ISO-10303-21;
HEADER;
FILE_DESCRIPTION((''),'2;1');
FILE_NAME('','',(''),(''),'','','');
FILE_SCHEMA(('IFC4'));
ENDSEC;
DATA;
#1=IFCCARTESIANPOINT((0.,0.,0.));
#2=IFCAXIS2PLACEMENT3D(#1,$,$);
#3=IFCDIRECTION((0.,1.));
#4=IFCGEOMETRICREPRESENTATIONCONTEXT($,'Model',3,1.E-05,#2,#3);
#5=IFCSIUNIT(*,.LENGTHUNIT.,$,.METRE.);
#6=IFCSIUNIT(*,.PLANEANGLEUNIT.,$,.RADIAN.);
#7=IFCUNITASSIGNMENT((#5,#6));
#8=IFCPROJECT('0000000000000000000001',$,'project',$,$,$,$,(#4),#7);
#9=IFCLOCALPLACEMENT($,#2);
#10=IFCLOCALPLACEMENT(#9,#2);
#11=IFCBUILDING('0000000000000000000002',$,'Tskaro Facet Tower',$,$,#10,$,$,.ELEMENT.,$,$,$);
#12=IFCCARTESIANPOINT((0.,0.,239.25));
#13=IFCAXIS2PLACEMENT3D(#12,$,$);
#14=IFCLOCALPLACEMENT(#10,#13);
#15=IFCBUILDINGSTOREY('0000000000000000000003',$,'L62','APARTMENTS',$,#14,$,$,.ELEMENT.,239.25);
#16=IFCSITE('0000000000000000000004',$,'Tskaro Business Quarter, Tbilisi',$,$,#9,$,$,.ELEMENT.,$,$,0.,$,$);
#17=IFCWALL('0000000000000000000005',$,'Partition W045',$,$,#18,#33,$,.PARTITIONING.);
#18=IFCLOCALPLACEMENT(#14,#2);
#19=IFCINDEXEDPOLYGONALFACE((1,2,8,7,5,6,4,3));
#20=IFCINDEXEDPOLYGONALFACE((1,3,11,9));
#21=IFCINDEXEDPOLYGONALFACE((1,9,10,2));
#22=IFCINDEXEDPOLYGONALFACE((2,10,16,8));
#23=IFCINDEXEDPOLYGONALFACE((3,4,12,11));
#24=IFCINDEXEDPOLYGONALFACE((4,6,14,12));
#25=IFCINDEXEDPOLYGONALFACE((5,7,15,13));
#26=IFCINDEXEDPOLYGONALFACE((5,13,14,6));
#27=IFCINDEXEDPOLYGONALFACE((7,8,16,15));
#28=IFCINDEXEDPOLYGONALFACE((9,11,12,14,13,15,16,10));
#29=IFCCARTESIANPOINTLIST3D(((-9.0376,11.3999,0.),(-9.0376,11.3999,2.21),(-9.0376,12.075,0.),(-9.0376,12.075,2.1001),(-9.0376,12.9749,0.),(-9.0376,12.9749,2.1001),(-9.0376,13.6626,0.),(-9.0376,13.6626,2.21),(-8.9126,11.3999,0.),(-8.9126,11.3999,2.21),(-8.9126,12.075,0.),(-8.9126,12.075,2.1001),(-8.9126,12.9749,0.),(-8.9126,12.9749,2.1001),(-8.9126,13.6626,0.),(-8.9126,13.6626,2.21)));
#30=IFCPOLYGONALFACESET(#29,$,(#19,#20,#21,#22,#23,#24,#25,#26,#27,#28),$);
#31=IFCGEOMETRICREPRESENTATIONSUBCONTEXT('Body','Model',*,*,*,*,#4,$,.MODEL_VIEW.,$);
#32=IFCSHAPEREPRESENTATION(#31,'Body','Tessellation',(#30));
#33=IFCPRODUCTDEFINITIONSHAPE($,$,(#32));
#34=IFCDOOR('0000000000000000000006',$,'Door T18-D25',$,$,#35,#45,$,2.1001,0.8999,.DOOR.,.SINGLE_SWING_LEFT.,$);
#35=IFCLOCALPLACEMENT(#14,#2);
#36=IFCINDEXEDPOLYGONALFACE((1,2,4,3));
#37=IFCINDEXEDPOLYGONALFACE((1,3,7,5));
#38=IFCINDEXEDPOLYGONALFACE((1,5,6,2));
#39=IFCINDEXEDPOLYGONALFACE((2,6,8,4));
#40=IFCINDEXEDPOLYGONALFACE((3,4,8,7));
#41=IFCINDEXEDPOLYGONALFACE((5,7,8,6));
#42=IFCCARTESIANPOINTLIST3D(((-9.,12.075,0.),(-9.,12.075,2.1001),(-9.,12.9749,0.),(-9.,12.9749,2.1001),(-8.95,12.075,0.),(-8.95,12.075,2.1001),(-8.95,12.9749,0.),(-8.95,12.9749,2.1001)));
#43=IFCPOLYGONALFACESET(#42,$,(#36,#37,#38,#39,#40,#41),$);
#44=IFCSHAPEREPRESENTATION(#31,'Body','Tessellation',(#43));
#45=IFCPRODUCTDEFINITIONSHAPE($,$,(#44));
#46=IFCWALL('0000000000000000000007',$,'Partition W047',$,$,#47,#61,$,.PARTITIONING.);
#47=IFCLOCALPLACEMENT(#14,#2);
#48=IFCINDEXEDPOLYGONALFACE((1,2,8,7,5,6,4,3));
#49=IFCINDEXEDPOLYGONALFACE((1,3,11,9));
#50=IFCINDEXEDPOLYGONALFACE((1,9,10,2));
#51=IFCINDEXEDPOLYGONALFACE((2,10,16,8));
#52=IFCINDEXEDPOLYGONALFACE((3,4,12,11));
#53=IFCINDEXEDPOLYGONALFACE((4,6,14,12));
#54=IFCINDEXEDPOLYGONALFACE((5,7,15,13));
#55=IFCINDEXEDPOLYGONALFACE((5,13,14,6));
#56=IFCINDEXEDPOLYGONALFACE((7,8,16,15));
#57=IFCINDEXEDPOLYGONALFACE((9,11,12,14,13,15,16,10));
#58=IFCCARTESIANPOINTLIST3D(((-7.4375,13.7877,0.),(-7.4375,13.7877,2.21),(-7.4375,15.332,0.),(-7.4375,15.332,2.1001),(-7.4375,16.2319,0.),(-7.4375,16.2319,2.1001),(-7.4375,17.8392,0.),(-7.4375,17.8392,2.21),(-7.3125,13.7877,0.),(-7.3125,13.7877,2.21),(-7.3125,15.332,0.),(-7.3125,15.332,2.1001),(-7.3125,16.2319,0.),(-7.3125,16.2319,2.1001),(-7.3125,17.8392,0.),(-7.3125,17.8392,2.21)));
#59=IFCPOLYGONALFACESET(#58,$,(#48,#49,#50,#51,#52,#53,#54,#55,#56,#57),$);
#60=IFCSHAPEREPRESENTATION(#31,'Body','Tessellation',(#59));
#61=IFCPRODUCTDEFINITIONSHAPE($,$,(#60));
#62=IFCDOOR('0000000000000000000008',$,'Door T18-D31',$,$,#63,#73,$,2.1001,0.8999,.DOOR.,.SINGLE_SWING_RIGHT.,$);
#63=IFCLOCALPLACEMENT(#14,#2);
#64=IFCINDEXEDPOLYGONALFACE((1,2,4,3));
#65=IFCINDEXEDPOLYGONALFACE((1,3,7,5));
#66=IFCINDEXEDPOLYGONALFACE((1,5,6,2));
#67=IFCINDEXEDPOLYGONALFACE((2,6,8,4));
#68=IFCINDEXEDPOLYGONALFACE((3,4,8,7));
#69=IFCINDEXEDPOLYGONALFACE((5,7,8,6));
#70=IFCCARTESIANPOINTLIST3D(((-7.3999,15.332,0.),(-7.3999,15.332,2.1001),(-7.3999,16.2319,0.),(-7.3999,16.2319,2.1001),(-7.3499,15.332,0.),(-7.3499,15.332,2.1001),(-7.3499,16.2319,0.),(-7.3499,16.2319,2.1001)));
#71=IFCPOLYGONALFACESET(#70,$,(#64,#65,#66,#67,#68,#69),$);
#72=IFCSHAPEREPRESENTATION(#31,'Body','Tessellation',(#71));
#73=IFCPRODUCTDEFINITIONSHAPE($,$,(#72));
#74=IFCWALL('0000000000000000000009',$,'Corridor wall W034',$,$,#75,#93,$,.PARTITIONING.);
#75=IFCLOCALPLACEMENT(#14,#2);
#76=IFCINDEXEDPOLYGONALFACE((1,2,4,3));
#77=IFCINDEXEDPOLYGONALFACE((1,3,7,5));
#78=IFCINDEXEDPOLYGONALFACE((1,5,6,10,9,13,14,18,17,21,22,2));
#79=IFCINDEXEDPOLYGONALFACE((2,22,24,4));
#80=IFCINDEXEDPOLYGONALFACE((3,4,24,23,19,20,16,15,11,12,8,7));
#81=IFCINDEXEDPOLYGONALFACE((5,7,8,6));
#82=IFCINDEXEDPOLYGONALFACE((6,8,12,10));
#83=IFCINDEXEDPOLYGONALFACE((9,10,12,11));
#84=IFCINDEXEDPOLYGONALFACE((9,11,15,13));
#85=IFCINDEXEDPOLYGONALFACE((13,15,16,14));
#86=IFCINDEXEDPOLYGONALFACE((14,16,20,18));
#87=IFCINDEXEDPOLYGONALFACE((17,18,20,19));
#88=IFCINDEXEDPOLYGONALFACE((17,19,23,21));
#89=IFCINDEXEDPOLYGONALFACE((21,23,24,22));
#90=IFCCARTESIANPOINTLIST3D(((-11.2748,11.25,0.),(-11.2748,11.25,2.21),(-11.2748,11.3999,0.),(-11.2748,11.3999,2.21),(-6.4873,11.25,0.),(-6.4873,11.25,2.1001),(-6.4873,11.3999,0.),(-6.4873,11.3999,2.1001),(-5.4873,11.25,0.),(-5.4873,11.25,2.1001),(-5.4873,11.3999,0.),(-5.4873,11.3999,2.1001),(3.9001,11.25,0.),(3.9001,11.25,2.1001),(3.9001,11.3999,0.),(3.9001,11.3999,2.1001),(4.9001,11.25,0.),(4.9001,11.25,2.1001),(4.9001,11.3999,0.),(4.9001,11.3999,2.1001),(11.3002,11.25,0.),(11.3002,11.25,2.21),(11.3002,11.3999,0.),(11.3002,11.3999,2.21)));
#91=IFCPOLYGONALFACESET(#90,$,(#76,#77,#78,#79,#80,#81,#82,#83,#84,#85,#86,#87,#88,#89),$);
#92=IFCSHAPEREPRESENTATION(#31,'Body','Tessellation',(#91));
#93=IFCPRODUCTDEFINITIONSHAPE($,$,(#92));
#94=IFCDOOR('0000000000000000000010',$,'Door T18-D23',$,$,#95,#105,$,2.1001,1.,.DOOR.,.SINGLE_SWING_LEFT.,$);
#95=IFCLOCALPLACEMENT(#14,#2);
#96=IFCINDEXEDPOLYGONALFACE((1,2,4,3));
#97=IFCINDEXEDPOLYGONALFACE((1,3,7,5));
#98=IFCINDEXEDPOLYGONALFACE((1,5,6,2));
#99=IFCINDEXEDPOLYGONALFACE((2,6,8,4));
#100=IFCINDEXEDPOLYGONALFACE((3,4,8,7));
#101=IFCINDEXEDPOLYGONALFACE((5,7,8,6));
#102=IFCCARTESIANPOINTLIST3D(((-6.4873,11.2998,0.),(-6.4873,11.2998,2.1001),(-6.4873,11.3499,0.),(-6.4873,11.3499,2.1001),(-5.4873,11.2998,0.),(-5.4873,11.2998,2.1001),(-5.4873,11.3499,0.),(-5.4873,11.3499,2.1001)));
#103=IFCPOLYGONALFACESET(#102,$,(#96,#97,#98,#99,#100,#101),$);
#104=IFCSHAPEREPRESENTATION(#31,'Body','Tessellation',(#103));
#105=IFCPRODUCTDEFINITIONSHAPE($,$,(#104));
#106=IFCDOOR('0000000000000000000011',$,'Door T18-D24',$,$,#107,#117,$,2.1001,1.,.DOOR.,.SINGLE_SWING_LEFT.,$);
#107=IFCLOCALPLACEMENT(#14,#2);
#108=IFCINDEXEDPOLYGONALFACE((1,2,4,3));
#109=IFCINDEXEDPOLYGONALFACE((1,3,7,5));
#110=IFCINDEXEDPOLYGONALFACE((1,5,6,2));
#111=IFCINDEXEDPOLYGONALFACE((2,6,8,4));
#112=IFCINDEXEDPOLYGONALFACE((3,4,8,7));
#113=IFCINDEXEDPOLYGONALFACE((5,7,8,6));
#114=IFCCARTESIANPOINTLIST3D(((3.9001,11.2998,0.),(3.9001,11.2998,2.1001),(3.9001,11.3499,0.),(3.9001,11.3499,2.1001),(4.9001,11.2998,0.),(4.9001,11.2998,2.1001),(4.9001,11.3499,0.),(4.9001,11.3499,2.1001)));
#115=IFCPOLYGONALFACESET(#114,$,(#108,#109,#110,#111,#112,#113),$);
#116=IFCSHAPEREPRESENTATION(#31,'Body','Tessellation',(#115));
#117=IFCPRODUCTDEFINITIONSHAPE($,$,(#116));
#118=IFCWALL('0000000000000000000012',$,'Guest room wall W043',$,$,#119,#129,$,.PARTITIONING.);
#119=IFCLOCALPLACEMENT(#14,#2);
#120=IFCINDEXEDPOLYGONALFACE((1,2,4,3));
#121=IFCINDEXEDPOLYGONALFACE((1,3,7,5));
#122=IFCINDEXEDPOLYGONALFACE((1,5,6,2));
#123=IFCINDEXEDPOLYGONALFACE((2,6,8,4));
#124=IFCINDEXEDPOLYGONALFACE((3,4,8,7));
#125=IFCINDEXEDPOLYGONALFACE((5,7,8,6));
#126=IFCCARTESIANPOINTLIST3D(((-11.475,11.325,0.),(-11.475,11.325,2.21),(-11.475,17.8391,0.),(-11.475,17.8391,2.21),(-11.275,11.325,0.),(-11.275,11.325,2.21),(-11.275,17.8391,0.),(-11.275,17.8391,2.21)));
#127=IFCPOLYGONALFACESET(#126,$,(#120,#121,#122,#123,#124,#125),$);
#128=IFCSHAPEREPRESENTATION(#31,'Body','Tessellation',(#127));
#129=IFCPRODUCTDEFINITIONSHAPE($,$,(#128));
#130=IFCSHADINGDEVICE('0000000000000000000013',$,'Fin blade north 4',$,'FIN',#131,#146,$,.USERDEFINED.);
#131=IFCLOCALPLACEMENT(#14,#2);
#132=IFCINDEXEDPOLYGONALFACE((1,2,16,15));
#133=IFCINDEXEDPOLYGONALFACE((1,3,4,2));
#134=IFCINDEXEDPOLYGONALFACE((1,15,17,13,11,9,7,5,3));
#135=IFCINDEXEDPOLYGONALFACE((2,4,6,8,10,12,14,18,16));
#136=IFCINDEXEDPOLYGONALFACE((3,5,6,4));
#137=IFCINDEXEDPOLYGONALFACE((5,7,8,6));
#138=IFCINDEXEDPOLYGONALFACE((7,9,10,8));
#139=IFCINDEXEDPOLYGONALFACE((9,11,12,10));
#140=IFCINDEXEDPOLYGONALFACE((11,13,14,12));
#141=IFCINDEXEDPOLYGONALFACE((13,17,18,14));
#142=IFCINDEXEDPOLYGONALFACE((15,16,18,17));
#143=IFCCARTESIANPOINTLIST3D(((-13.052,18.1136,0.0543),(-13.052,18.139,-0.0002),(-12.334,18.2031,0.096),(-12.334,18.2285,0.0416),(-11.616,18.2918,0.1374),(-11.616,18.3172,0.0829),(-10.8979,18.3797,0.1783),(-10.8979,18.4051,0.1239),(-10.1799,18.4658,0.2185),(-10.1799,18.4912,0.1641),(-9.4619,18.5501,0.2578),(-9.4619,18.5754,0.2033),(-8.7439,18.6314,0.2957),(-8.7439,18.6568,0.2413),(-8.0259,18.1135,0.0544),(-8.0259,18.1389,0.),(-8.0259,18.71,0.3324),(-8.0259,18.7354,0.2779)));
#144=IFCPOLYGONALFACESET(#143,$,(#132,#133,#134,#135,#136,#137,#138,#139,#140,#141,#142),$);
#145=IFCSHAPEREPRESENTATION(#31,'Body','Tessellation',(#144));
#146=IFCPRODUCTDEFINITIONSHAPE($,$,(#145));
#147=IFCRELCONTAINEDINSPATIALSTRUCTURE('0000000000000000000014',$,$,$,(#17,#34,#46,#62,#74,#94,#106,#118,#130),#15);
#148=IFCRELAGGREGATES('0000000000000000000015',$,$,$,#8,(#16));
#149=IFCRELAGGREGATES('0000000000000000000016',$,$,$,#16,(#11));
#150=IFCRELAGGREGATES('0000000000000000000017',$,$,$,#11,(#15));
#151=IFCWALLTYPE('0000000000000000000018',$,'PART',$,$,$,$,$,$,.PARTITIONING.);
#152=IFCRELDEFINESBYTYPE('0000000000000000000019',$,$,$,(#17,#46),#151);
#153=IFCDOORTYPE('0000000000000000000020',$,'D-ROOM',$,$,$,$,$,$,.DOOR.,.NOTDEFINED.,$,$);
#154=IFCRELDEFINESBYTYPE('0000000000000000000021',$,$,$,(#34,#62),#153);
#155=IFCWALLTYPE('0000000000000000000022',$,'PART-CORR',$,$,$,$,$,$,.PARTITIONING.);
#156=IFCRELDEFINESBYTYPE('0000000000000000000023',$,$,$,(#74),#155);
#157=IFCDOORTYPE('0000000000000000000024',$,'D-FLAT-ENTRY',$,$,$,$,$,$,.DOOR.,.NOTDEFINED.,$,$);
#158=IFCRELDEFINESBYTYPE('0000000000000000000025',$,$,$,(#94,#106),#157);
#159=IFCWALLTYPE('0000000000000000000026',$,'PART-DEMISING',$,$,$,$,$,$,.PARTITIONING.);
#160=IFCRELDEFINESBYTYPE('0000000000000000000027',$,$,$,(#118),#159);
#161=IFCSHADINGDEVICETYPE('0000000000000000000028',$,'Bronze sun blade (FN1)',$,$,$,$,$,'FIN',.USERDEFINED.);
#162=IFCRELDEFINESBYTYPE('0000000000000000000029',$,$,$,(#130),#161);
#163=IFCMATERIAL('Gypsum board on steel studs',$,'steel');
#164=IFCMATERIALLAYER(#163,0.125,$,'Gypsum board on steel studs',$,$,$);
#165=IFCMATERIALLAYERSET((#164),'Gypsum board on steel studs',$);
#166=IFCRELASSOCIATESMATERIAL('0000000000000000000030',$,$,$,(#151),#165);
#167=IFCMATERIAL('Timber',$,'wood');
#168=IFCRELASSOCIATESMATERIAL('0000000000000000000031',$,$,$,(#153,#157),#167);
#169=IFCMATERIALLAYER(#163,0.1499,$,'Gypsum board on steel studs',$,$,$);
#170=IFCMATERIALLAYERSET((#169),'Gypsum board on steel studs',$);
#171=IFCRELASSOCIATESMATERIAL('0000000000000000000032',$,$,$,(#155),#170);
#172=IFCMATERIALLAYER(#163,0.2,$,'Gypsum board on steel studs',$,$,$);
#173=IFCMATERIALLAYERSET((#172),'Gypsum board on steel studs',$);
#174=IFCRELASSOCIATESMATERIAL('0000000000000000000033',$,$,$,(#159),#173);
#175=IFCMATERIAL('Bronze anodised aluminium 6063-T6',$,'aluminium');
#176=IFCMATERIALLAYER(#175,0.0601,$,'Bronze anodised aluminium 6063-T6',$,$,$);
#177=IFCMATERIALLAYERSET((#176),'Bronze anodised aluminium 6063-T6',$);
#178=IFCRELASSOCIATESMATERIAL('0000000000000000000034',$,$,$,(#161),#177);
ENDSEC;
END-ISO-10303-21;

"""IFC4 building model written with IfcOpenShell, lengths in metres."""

from ifc_helpers import new_model, si_unit, direction, frame, frame_2d, origin, place, context, subcontext, project, spatial, polyline, rectangle, outline, extrude, material, layer, layer_set, type_object, element, fill, save


model = new_model("IFC4")

# Units and contexts
model_context = context("Model", 3, precision=1e-05, world=origin(), true_north=direction((0.0, 1.0)))
body_context = subcontext(model_context, "Body", "Model", "MODEL_VIEW")
ifc_project = project(units=[si_unit("LENGTHUNIT", "METRE"), si_unit("PLANEANGLEUNIT", "RADIAN")], contexts=[model_context])

# Site, building, storey
site_placement = place(None, origin())
site = spatial("IfcSite", under=ifc_project, at=site_placement, Name="Tskaro Business Quarter, Tbilisi", CompositionType="ELEMENT", RefElevation=0.0)
building_placement = place(site_placement, origin())
building = spatial("IfcBuilding", under=site, at=building_placement, Name="Tskaro Facet Tower", CompositionType="ELEMENT")
storey_placement = place(building_placement, frame((0.0, 0.0, 239.25)))
storey = spatial("IfcBuildingStorey", under=building, at=storey_placement, Name="L62", Description="APARTMENTS", CompositionType="ELEMENT", Elevation=239.25)

# Shared definitions
ifc_material_1 = material(Name="Bronze anodised aluminium 6063-T6", Category="aluminium")

# Shared definitions
ifc_material_2 = material(Name="Gypsum board on steel studs", Category="steel")
ifc_layer_1 = layer(ifc_material_2, 0.125, Name="Gypsum board on steel studs")
ifc_layer_set_1 = layer_set([ifc_layer_1], Name="Gypsum board on steel studs")
wall_type_1 = type_object("IfcWallType", Name="PART", PredefinedType="PARTITIONING", material=ifc_layer_set_1)

# Walls, openings, doors
wall_1_placement = place(storey_placement, frame((-8.9751, 11.3999, 0.0), z_axis=(0.0, 0.0, 1.0), x_axis=(0.0, 1.0, 0.0)))
wall_1 = element("IfcWall", 1, at=wall_1_placement, inside=storey, type_object=wall_type_1, Name="Partition W045", PredefinedType="PARTITIONING", context=body_context, shape_type="SweptSolid", body=[
    extrude(rectangle(XDim=2.2627, YDim=0.125, at=frame_2d((1.1313, 0.0))), origin(), (0.0, 0.0, 1.0), 2.21),
])
opening_1_placement = place(wall_1_placement, frame((0.675, 0.0, 0.0)))
opening_1 = element("IfcOpeningElement", 2, at=opening_1_placement, cuts=wall_1, PredefinedType="OPENING", context=body_context, shape_type="SweptSolid", body=[
    extrude(rectangle(XDim=0.8999, YDim=2.1001, at=frame_2d((0.45, 1.05))), frame((0.0, 0.0725, 0.0), z_axis=(0.0, -1.0, 0.0), x_axis=(1.0, 0.0, 0.0)), (0.0, 0.0, 1.0), 0.145),
])
ifc_material_3 = material(Name="Timber", Category="wood")
door_type_1 = type_object("IfcDoorType", Name="D-ROOM", OperationType="NOTDEFINED", PredefinedType="DOOR", material=ifc_material_3)
door_1_placement = place(opening_1_placement, origin())
door_1 = element("IfcDoor", 3, at=door_1_placement, inside=storey, type_object=door_type_1, Name="Door T18-D25", OperationType="SINGLE_SWING_LEFT", OverallHeight=2.1001, OverallWidth=0.8999, PredefinedType="DOOR", context=body_context, shape_type="SweptSolid", body=[
    extrude(rectangle(XDim=0.8999, YDim=2.1001, at=frame_2d((0.45, 1.05))), frame((0.0, 0.0249, 0.0), z_axis=(0.0, -1.0, 0.0), x_axis=(1.0, 0.0, 0.0)), (0.0, 0.0, 1.0), 0.05),
])
fill(opening_1, door_1)
wall_2_placement = place(storey_placement, frame((-7.375, 13.7876, 0.0), z_axis=(0.0, 0.0, 1.0), x_axis=(0.0, 1.0, 0.0)))
wall_2 = element("IfcWall", 4, at=wall_2_placement, inside=storey, type_object=wall_type_1, Name="Partition W047", PredefinedType="PARTITIONING", context=body_context, shape_type="SweptSolid", body=[
    extrude(rectangle(XDim=4.0515, YDim=0.125, at=frame_2d((2.0259, 0.0))), origin(), (0.0, 0.0, 1.0), 2.21),
])
opening_2_placement = place(wall_2_placement, frame((1.5444, 0.0, 0.0)))
opening_2 = element("IfcOpeningElement", 5, at=opening_2_placement, cuts=wall_2, PredefinedType="OPENING", context=body_context, shape_type="SweptSolid", body=[
    extrude(rectangle(XDim=0.8999, YDim=2.1001, at=frame_2d((0.45, 1.05))), frame((0.0, 0.0725, 0.0), z_axis=(0.0, -1.0, 0.0), x_axis=(1.0, 0.0, 0.0)), (0.0, 0.0, 1.0), 0.145),
])
door_2_placement = place(opening_2_placement, origin())
door_2 = element("IfcDoor", 6, at=door_2_placement, inside=storey, type_object=door_type_1, Name="Door T18-D31", OperationType="SINGLE_SWING_RIGHT", OverallHeight=2.1001, OverallWidth=0.8999, PredefinedType="DOOR", context=body_context, shape_type="SweptSolid", body=[
    extrude(rectangle(XDim=0.8999, YDim=2.1001, at=frame_2d((0.45, 1.05))), frame((0.0, 0.0249, 0.0), z_axis=(0.0, -1.0, 0.0), x_axis=(1.0, 0.0, 0.0)), (0.0, 0.0, 1.0), 0.05),
])
fill(opening_2, door_2)

# Wall, openings, doors
ifc_layer_2 = layer(ifc_material_2, 0.1499, Name="Gypsum board on steel studs")
ifc_layer_set_2 = layer_set([ifc_layer_2], Name="Gypsum board on steel studs")
wall_type_2 = type_object("IfcWallType", Name="PART-CORR", PredefinedType="PARTITIONING", material=ifc_layer_set_2)
wall_3_placement = place(storey_placement, frame((-11.2749, 11.325, 0.0), z_axis=(0.0, 0.0, 1.0), x_axis=(1.0, 0.0, 0.0)))
wall_3 = element("IfcWall", 7, at=wall_3_placement, inside=storey, type_object=wall_type_2, Name="Corridor wall W034", PredefinedType="PARTITIONING", context=body_context, shape_type="SweptSolid", body=[
    extrude(rectangle(XDim=22.575, YDim=0.1499, at=frame_2d((11.2876, 0.0))), origin(), (0.0, 0.0, 1.0), 2.21),
])
opening_3_placement = place(wall_3_placement, frame((4.7876, 0.0, 0.0)))
opening_3 = element("IfcOpeningElement", 8, at=opening_3_placement, cuts=wall_3, PredefinedType="OPENING", context=body_context, shape_type="SweptSolid", body=[
    extrude(rectangle(XDim=1.0, YDim=2.1001, at=frame_2d((0.5, 1.05))), frame((0.0, 0.085, 0.0), z_axis=(0.0, -1.0, 0.0), x_axis=(1.0, 0.0, 0.0)), (0.0, 0.0, 1.0), 0.1699),
])
opening_4_placement = place(wall_3_placement, frame((15.175, 0.0, 0.0)))
opening_4 = element("IfcOpeningElement", 9, at=opening_4_placement, cuts=wall_3, PredefinedType="OPENING", context=body_context, shape_type="SweptSolid", body=[
    extrude(rectangle(XDim=1.0, YDim=2.1001, at=frame_2d((0.5, 1.05))), frame((0.0, 0.085, 0.0), z_axis=(0.0, -1.0, 0.0), x_axis=(1.0, 0.0, 0.0)), (0.0, 0.0, 1.0), 0.1699),
])
door_type_2 = type_object("IfcDoorType", Name="D-FLAT-ENTRY", OperationType="NOTDEFINED", PredefinedType="DOOR", material=ifc_material_3)
door_3_placement = place(opening_3_placement, origin())
door_3 = element("IfcDoor", 10, at=door_3_placement, inside=storey, type_object=door_type_2, Name="Door T18-D23", OperationType="SINGLE_SWING_LEFT", OverallHeight=2.1001, OverallWidth=1.0, PredefinedType="DOOR", context=body_context, shape_type="SweptSolid", body=[
    extrude(rectangle(XDim=1.0, YDim=2.1001, at=frame_2d((0.5, 1.05))), frame((0.0, 0.0249, 0.0), z_axis=(0.0, -1.0, 0.0), x_axis=(1.0, 0.0, 0.0)), (0.0, 0.0, 1.0), 0.05),
])
fill(opening_3, door_3)
door_4_placement = place(opening_4_placement, origin())
door_4 = element("IfcDoor", 11, at=door_4_placement, inside=storey, type_object=door_type_2, Name="Door T18-D24", OperationType="SINGLE_SWING_LEFT", OverallHeight=2.1001, OverallWidth=1.0, PredefinedType="DOOR", context=body_context, shape_type="SweptSolid", body=[
    extrude(rectangle(XDim=1.0, YDim=2.1001, at=frame_2d((0.5, 1.05))), frame((0.0, 0.0249, 0.0), z_axis=(0.0, -1.0, 0.0), x_axis=(1.0, 0.0, 0.0)), (0.0, 0.0, 1.0), 0.05),
])
fill(opening_4, door_4)

# Wall
ifc_layer_3 = layer(ifc_material_2, 0.2, Name="Gypsum board on steel studs")
ifc_layer_set_3 = layer_set([ifc_layer_3], Name="Gypsum board on steel studs")
wall_type_3 = type_object("IfcWallType", Name="PART-DEMISING", PredefinedType="PARTITIONING", material=ifc_layer_set_3)
wall_4_placement = place(storey_placement, frame((-11.375, 11.325, 0.0), z_axis=(0.0, 0.0, 1.0), x_axis=(0.0, 1.0, 0.0)))
element("IfcWall", 12, at=wall_4_placement, inside=storey, type_object=wall_type_3, Name="Guest room wall W043", PredefinedType="PARTITIONING", context=body_context, shape_type="SweptSolid", body=[
    extrude(rectangle(XDim=6.5142, YDim=0.2, at=frame_2d((3.2571, 0.0))), origin(), (0.0, 0.0, 1.0), 2.21),
])

# Shading device
ifc_layer_4 = layer(ifc_material_1, 0.0601, Name="Bronze anodised aluminium 6063-T6")
ifc_layer_set_4 = layer_set([ifc_layer_4], Name="Bronze anodised aluminium 6063-T6")
shading_device_type = type_object("IfcShadingDeviceType", Name="Bronze sun blade (FN1)", ElementType="FIN", PredefinedType="USERDEFINED", material=ifc_layer_set_4)
shading_device_placement = place(storey_placement, frame((-8.0259, 18.1135, 0.0544), z_axis=(-0.000036, -0.422313, 0.90645), x_axis=(-1.0, 0.000015, -0.000033)))
element("IfcShadingDevice", 13, at=shading_device_placement, inside=storey, type_object=shading_device_type, Name="Fin blade north 4", ObjectType="FIN", PredefinedType="USERDEFINED", context=body_context, shape_type="SweptSolid", body=[
    extrude(outline(polyline([(0.0, 0.0), (5.0261, 0.0), (4.3081, -0.0987), (3.5901, -0.1966), (2.8721, -0.2936), (2.1541, -0.3886), (1.436, -0.4816), (0.718, -0.5713), (0.0, -0.6581), (0.0, 0.0)])), origin(), (0.0, 0.0, -1.0), 0.0601),
])

save(model, "model.ifc")
